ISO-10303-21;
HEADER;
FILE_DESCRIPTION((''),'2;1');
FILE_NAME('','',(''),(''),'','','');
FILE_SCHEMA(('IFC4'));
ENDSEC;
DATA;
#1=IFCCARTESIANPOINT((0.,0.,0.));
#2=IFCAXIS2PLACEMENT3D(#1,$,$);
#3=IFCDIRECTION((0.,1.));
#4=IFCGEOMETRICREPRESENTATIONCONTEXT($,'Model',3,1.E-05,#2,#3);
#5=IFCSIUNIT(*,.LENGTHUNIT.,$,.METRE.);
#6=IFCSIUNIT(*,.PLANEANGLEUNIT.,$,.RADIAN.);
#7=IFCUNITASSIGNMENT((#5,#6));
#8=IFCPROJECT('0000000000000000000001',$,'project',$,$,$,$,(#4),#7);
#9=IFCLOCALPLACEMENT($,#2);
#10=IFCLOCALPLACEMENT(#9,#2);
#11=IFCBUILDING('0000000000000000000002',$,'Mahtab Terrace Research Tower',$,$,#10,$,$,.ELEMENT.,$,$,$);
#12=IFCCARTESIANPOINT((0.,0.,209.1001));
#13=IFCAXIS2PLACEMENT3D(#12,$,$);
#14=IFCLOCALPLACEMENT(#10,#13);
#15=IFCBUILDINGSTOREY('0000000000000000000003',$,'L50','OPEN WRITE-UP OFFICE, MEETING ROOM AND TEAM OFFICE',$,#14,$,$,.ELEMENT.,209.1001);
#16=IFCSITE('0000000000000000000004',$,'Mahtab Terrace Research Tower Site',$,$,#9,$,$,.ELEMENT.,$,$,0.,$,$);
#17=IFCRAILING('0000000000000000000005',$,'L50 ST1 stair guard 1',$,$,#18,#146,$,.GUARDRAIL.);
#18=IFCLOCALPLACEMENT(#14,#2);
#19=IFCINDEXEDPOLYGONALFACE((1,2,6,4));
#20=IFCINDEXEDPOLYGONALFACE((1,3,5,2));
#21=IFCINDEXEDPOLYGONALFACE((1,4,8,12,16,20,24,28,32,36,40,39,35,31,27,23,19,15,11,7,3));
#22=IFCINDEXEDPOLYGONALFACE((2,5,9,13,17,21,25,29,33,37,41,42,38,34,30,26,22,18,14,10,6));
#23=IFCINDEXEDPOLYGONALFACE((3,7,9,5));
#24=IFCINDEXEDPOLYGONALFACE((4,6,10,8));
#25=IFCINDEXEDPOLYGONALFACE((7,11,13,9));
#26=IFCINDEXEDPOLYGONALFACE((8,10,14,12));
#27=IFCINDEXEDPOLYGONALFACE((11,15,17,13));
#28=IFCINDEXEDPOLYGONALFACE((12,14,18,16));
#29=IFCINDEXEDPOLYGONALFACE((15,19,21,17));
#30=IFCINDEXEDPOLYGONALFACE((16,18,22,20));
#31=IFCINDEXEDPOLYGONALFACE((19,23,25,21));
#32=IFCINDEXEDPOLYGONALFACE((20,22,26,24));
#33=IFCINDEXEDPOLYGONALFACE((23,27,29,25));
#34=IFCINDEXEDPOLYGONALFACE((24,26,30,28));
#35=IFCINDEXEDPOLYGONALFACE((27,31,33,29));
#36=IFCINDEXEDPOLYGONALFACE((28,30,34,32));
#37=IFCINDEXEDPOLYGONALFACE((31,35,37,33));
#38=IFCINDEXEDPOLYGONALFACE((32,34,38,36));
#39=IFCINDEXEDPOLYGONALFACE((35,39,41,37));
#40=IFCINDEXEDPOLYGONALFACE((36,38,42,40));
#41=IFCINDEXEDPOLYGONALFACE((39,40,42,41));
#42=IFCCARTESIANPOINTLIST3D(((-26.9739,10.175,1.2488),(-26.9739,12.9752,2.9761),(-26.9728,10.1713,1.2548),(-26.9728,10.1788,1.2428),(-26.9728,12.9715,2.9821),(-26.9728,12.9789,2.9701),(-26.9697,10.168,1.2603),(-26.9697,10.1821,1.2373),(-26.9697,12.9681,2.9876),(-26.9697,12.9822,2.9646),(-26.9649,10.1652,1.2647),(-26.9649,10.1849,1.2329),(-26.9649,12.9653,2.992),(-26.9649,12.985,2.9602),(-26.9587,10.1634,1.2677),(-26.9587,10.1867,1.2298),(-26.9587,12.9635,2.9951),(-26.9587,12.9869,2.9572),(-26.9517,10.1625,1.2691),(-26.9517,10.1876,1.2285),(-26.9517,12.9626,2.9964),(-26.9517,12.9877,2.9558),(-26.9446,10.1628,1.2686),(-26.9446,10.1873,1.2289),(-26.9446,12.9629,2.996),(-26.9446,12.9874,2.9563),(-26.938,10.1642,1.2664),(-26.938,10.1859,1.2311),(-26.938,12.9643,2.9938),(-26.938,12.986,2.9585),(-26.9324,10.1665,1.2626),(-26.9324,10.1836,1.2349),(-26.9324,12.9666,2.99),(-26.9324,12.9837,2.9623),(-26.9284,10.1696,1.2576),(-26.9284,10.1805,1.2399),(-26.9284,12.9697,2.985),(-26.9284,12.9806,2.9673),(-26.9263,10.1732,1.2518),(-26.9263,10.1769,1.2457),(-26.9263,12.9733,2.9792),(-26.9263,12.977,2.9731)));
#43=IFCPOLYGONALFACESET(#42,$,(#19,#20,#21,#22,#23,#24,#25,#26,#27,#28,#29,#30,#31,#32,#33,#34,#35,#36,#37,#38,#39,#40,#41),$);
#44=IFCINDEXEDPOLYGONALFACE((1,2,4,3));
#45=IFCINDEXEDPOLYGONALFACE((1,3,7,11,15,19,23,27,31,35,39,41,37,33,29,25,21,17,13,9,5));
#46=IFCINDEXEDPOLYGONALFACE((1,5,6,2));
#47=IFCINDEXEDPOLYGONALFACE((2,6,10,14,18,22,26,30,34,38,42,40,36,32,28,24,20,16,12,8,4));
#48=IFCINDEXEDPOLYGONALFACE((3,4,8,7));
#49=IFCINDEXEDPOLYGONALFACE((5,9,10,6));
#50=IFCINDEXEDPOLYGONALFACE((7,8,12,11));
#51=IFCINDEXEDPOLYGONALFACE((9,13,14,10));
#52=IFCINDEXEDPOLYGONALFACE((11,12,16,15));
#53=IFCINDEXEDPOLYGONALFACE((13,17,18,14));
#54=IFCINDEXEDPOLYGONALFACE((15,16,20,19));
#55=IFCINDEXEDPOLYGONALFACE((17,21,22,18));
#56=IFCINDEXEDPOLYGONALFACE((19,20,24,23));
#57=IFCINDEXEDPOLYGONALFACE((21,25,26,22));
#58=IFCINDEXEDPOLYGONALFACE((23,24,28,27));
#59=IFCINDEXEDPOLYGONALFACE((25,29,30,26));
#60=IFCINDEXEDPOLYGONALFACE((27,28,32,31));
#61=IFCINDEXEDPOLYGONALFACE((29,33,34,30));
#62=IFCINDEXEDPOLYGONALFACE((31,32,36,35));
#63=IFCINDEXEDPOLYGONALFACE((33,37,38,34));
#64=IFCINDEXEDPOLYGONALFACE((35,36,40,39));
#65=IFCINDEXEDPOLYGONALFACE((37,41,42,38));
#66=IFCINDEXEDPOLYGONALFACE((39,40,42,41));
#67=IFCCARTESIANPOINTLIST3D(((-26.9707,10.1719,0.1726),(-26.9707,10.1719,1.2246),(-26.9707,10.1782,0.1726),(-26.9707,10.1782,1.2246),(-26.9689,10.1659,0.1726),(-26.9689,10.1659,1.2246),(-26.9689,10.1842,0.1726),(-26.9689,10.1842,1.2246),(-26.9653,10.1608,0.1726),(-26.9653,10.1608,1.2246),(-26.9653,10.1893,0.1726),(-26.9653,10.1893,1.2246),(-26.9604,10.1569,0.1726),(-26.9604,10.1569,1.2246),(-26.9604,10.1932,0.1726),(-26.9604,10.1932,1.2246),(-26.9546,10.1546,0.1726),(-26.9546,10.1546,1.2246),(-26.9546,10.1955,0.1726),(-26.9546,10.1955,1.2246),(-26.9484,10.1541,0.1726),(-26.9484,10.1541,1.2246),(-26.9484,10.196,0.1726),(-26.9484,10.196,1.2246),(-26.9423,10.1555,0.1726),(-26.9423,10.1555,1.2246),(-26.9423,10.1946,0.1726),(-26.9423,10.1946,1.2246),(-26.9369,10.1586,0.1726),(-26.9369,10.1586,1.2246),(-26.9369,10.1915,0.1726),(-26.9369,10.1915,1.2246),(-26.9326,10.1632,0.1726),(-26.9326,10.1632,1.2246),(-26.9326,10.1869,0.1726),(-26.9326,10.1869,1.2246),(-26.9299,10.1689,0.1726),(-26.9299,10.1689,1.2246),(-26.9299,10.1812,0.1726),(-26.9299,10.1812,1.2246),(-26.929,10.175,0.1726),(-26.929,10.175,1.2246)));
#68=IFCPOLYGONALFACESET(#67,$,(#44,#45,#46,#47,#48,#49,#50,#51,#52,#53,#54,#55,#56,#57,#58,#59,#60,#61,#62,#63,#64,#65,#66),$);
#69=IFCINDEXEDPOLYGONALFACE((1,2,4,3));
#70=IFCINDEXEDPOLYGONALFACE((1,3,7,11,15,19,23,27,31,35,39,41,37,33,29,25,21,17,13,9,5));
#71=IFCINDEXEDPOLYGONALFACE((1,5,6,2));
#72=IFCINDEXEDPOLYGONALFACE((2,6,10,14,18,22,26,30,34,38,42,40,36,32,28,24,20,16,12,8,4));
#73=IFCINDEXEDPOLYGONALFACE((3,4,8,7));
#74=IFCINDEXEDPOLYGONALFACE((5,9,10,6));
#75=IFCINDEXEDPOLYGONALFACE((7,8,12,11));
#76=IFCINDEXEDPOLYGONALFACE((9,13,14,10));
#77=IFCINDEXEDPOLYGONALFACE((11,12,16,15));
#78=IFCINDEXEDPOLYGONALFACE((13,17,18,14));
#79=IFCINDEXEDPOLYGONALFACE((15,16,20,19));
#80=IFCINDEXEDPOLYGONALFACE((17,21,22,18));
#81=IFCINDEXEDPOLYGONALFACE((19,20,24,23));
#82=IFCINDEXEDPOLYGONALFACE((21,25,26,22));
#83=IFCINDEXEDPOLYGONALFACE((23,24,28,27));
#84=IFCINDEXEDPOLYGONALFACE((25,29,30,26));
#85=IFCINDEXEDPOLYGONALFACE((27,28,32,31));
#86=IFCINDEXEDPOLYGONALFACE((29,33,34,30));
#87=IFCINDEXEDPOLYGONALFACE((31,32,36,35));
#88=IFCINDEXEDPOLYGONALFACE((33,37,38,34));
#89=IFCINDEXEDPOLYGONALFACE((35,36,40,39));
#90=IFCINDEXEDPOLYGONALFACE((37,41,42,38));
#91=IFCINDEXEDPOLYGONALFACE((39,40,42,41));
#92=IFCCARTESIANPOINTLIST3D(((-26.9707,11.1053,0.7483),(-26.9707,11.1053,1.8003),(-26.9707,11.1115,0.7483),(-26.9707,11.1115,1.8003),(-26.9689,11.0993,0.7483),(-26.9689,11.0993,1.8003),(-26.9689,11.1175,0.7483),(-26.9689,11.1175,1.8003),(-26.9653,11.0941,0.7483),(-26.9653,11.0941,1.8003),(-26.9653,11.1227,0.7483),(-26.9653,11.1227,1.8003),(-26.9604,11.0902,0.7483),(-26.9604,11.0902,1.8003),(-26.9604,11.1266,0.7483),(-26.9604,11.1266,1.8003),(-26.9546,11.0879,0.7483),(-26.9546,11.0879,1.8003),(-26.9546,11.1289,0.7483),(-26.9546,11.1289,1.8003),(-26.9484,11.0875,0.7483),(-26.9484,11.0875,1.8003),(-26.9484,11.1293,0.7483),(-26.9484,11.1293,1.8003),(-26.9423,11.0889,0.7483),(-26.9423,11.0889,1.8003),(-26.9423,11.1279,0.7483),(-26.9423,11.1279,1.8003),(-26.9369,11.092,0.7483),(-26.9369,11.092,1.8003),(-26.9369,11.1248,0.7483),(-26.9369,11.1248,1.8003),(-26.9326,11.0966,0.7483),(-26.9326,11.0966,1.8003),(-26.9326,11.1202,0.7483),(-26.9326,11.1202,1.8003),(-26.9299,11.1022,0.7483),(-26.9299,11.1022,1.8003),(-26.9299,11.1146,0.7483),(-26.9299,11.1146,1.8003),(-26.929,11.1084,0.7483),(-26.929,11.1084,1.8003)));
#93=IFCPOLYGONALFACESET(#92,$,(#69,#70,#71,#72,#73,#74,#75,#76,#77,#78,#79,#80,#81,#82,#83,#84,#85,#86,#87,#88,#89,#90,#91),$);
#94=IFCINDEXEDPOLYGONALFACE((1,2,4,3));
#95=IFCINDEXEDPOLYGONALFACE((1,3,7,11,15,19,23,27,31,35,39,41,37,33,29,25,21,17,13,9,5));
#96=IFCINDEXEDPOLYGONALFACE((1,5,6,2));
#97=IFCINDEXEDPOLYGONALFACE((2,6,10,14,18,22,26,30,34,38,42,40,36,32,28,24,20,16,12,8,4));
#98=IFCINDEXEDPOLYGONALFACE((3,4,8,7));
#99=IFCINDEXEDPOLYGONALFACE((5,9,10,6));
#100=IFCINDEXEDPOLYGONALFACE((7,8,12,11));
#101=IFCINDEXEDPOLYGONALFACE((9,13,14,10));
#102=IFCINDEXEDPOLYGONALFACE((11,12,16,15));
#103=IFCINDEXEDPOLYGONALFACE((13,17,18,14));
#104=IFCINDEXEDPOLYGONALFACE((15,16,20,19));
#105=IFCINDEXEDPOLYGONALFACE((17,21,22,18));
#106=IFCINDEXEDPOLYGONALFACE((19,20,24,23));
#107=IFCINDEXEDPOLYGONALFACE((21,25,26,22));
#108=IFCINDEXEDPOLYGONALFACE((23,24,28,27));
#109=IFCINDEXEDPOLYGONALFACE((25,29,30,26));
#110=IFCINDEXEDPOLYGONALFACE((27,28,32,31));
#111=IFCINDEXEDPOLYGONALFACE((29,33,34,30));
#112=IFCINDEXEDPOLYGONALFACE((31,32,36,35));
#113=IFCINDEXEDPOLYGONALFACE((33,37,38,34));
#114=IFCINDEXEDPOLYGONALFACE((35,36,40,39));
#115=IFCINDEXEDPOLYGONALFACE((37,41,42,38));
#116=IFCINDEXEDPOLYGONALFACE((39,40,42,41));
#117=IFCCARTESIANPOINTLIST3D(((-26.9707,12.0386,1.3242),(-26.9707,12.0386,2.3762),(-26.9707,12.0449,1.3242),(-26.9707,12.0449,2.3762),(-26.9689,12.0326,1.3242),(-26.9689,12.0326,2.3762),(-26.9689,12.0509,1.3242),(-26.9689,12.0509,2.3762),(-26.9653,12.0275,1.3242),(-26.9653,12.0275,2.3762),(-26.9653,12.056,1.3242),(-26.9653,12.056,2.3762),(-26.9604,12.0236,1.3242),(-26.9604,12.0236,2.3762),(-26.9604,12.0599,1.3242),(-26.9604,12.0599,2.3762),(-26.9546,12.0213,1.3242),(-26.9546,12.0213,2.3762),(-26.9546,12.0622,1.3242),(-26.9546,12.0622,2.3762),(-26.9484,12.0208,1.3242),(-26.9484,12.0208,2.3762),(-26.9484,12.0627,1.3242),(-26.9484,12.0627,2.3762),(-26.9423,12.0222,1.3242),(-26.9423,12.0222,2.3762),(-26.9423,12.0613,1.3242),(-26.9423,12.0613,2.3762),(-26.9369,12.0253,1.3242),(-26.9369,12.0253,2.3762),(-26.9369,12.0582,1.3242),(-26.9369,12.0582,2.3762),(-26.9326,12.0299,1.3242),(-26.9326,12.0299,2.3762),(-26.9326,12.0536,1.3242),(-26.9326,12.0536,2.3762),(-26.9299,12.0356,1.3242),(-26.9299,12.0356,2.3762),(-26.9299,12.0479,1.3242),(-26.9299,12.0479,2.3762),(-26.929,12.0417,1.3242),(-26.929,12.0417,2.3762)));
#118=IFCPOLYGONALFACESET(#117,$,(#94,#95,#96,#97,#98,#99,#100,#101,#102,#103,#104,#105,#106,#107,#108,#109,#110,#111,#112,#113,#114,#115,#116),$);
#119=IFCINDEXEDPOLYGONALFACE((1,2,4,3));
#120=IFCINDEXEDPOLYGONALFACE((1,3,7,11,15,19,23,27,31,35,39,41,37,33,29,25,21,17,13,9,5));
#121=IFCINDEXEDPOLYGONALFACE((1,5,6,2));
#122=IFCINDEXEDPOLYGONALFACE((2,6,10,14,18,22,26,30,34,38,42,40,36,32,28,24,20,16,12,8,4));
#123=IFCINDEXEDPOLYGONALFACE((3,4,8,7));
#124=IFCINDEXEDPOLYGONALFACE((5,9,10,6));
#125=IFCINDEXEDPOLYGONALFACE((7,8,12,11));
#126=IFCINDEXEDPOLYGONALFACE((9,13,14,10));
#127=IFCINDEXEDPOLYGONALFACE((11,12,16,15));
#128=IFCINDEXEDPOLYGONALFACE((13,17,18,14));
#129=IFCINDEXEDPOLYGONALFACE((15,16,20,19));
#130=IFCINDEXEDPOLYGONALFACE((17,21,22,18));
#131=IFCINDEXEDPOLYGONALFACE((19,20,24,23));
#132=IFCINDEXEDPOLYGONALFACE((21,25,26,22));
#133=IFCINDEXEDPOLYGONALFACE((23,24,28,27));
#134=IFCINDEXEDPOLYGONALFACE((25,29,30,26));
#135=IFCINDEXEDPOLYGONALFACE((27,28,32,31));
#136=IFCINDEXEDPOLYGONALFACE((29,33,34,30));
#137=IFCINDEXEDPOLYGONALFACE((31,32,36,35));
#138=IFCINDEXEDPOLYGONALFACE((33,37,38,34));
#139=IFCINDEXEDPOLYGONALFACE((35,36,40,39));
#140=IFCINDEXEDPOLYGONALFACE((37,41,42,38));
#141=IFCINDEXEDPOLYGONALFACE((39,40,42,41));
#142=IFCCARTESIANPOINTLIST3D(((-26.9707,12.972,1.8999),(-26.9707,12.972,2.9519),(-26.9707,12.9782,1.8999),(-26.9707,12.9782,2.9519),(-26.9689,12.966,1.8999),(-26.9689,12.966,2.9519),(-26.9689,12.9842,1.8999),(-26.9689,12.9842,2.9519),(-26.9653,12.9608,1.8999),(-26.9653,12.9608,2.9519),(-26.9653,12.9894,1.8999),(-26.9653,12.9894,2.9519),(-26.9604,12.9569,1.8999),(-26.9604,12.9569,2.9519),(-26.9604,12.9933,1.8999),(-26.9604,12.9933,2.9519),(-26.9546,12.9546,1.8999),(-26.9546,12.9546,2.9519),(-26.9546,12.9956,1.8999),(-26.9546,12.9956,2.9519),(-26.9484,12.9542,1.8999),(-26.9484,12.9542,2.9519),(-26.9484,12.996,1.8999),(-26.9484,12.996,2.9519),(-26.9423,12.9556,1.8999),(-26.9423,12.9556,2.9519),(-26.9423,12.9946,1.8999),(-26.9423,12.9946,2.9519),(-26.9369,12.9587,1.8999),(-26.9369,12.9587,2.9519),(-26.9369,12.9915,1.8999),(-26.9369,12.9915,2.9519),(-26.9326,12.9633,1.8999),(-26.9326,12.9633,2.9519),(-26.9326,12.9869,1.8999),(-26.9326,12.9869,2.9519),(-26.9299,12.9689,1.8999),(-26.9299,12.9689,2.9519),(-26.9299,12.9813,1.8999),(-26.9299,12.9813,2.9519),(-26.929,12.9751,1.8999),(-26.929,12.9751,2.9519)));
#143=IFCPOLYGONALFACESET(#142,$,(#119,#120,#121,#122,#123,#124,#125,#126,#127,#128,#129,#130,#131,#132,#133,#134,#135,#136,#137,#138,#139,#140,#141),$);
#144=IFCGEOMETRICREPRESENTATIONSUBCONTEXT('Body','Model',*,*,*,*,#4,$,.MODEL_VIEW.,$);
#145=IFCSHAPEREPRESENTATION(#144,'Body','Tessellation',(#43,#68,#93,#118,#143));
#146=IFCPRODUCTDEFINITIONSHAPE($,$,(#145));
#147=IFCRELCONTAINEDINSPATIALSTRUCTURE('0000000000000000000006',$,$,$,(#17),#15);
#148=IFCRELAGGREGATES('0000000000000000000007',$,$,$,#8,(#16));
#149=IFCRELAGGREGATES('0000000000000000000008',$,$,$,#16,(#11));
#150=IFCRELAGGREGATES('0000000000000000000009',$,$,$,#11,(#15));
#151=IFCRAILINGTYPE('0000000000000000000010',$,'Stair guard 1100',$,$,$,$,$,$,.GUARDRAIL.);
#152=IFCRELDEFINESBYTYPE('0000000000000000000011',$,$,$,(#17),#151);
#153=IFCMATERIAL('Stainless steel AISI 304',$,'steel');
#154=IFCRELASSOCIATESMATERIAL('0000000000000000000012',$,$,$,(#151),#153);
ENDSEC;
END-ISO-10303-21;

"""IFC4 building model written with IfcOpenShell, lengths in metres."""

from ifc_helpers import new_model, si_unit, direction, frame, origin, origin_2d, place, context, subcontext, project, spatial, circle, extrude, material, type_object, element, save


model = new_model("IFC4")

# Units and contexts
model_context = context("Model", 3, precision=1e-05, world=origin(), true_north=direction((0.0, 1.0)))
body_context = subcontext(model_context, "Body", "Model", "MODEL_VIEW")
ifc_project = project(units=[si_unit("LENGTHUNIT", "METRE"), si_unit("PLANEANGLEUNIT", "RADIAN")], contexts=[model_context])

# Site, building, storey
site_placement = place(None, origin())
site = spatial("IfcSite", under=ifc_project, at=site_placement, Name="Mahtab Terrace Research Tower Site", CompositionType="ELEMENT", RefElevation=0.0)
building_placement = place(site_placement, origin())
building = spatial("IfcBuilding", under=site, at=building_placement, Name="Mahtab Terrace Research Tower", CompositionType="ELEMENT")
storey_placement = place(building_placement, frame((0.0, 0.0, 209.1001)))
storey = spatial("IfcBuildingStorey", under=building, at=storey_placement, Name="L50", Description="OPEN WRITE-UP OFFICE, MEETING ROOM AND TEAM OFFICE", CompositionType="ELEMENT", Elevation=209.1001)

# Railing
ifc_material_1 = material(Name="Stainless steel AISI 304", Category="steel")
railing_type_1 = type_object("IfcRailingType", Name="Stair guard 1100", PredefinedType="GUARDRAIL", material=ifc_material_1)
railing_1_placement = place(storey_placement, frame((-26.95, 10.175, 0.1726)))
element("IfcRailing", 1, at=railing_1_placement, inside=storey, type_object=railing_type_1, Name="L50 ST1 stair guard 1", PredefinedType="GUARDRAIL", context=body_context, shape_type="SweptSolid", body=[
    extrude(circle(Radius=0.0239, at=origin_2d()), frame((0.0, 0.0, 1.0762), z_axis=(0.0, 0.85109, 0.52502), x_axis=(-1.0, 0.0, 0.0)), (0.0, 0.0, 1.0), 3.29),
    extrude(circle(Radius=0.021, at=origin_2d()), origin(), (0.0, 0.0, 1.0), 1.052),
    extrude(circle(Radius=0.021, at=origin_2d()), frame((0.0, 0.9333, 0.5757)), (0.0, 0.0, 1.0), 1.052),
    extrude(circle(Radius=0.021, at=origin_2d()), frame((0.0, 1.8667, 1.1516)), (0.0, 0.0, 1.0), 1.052),
    extrude(circle(Radius=0.021, at=origin_2d()), frame((0.0, 2.8, 1.7273)), (0.0, 0.0, 1.0), 1.052),
])

save(model, "model.ifc")
